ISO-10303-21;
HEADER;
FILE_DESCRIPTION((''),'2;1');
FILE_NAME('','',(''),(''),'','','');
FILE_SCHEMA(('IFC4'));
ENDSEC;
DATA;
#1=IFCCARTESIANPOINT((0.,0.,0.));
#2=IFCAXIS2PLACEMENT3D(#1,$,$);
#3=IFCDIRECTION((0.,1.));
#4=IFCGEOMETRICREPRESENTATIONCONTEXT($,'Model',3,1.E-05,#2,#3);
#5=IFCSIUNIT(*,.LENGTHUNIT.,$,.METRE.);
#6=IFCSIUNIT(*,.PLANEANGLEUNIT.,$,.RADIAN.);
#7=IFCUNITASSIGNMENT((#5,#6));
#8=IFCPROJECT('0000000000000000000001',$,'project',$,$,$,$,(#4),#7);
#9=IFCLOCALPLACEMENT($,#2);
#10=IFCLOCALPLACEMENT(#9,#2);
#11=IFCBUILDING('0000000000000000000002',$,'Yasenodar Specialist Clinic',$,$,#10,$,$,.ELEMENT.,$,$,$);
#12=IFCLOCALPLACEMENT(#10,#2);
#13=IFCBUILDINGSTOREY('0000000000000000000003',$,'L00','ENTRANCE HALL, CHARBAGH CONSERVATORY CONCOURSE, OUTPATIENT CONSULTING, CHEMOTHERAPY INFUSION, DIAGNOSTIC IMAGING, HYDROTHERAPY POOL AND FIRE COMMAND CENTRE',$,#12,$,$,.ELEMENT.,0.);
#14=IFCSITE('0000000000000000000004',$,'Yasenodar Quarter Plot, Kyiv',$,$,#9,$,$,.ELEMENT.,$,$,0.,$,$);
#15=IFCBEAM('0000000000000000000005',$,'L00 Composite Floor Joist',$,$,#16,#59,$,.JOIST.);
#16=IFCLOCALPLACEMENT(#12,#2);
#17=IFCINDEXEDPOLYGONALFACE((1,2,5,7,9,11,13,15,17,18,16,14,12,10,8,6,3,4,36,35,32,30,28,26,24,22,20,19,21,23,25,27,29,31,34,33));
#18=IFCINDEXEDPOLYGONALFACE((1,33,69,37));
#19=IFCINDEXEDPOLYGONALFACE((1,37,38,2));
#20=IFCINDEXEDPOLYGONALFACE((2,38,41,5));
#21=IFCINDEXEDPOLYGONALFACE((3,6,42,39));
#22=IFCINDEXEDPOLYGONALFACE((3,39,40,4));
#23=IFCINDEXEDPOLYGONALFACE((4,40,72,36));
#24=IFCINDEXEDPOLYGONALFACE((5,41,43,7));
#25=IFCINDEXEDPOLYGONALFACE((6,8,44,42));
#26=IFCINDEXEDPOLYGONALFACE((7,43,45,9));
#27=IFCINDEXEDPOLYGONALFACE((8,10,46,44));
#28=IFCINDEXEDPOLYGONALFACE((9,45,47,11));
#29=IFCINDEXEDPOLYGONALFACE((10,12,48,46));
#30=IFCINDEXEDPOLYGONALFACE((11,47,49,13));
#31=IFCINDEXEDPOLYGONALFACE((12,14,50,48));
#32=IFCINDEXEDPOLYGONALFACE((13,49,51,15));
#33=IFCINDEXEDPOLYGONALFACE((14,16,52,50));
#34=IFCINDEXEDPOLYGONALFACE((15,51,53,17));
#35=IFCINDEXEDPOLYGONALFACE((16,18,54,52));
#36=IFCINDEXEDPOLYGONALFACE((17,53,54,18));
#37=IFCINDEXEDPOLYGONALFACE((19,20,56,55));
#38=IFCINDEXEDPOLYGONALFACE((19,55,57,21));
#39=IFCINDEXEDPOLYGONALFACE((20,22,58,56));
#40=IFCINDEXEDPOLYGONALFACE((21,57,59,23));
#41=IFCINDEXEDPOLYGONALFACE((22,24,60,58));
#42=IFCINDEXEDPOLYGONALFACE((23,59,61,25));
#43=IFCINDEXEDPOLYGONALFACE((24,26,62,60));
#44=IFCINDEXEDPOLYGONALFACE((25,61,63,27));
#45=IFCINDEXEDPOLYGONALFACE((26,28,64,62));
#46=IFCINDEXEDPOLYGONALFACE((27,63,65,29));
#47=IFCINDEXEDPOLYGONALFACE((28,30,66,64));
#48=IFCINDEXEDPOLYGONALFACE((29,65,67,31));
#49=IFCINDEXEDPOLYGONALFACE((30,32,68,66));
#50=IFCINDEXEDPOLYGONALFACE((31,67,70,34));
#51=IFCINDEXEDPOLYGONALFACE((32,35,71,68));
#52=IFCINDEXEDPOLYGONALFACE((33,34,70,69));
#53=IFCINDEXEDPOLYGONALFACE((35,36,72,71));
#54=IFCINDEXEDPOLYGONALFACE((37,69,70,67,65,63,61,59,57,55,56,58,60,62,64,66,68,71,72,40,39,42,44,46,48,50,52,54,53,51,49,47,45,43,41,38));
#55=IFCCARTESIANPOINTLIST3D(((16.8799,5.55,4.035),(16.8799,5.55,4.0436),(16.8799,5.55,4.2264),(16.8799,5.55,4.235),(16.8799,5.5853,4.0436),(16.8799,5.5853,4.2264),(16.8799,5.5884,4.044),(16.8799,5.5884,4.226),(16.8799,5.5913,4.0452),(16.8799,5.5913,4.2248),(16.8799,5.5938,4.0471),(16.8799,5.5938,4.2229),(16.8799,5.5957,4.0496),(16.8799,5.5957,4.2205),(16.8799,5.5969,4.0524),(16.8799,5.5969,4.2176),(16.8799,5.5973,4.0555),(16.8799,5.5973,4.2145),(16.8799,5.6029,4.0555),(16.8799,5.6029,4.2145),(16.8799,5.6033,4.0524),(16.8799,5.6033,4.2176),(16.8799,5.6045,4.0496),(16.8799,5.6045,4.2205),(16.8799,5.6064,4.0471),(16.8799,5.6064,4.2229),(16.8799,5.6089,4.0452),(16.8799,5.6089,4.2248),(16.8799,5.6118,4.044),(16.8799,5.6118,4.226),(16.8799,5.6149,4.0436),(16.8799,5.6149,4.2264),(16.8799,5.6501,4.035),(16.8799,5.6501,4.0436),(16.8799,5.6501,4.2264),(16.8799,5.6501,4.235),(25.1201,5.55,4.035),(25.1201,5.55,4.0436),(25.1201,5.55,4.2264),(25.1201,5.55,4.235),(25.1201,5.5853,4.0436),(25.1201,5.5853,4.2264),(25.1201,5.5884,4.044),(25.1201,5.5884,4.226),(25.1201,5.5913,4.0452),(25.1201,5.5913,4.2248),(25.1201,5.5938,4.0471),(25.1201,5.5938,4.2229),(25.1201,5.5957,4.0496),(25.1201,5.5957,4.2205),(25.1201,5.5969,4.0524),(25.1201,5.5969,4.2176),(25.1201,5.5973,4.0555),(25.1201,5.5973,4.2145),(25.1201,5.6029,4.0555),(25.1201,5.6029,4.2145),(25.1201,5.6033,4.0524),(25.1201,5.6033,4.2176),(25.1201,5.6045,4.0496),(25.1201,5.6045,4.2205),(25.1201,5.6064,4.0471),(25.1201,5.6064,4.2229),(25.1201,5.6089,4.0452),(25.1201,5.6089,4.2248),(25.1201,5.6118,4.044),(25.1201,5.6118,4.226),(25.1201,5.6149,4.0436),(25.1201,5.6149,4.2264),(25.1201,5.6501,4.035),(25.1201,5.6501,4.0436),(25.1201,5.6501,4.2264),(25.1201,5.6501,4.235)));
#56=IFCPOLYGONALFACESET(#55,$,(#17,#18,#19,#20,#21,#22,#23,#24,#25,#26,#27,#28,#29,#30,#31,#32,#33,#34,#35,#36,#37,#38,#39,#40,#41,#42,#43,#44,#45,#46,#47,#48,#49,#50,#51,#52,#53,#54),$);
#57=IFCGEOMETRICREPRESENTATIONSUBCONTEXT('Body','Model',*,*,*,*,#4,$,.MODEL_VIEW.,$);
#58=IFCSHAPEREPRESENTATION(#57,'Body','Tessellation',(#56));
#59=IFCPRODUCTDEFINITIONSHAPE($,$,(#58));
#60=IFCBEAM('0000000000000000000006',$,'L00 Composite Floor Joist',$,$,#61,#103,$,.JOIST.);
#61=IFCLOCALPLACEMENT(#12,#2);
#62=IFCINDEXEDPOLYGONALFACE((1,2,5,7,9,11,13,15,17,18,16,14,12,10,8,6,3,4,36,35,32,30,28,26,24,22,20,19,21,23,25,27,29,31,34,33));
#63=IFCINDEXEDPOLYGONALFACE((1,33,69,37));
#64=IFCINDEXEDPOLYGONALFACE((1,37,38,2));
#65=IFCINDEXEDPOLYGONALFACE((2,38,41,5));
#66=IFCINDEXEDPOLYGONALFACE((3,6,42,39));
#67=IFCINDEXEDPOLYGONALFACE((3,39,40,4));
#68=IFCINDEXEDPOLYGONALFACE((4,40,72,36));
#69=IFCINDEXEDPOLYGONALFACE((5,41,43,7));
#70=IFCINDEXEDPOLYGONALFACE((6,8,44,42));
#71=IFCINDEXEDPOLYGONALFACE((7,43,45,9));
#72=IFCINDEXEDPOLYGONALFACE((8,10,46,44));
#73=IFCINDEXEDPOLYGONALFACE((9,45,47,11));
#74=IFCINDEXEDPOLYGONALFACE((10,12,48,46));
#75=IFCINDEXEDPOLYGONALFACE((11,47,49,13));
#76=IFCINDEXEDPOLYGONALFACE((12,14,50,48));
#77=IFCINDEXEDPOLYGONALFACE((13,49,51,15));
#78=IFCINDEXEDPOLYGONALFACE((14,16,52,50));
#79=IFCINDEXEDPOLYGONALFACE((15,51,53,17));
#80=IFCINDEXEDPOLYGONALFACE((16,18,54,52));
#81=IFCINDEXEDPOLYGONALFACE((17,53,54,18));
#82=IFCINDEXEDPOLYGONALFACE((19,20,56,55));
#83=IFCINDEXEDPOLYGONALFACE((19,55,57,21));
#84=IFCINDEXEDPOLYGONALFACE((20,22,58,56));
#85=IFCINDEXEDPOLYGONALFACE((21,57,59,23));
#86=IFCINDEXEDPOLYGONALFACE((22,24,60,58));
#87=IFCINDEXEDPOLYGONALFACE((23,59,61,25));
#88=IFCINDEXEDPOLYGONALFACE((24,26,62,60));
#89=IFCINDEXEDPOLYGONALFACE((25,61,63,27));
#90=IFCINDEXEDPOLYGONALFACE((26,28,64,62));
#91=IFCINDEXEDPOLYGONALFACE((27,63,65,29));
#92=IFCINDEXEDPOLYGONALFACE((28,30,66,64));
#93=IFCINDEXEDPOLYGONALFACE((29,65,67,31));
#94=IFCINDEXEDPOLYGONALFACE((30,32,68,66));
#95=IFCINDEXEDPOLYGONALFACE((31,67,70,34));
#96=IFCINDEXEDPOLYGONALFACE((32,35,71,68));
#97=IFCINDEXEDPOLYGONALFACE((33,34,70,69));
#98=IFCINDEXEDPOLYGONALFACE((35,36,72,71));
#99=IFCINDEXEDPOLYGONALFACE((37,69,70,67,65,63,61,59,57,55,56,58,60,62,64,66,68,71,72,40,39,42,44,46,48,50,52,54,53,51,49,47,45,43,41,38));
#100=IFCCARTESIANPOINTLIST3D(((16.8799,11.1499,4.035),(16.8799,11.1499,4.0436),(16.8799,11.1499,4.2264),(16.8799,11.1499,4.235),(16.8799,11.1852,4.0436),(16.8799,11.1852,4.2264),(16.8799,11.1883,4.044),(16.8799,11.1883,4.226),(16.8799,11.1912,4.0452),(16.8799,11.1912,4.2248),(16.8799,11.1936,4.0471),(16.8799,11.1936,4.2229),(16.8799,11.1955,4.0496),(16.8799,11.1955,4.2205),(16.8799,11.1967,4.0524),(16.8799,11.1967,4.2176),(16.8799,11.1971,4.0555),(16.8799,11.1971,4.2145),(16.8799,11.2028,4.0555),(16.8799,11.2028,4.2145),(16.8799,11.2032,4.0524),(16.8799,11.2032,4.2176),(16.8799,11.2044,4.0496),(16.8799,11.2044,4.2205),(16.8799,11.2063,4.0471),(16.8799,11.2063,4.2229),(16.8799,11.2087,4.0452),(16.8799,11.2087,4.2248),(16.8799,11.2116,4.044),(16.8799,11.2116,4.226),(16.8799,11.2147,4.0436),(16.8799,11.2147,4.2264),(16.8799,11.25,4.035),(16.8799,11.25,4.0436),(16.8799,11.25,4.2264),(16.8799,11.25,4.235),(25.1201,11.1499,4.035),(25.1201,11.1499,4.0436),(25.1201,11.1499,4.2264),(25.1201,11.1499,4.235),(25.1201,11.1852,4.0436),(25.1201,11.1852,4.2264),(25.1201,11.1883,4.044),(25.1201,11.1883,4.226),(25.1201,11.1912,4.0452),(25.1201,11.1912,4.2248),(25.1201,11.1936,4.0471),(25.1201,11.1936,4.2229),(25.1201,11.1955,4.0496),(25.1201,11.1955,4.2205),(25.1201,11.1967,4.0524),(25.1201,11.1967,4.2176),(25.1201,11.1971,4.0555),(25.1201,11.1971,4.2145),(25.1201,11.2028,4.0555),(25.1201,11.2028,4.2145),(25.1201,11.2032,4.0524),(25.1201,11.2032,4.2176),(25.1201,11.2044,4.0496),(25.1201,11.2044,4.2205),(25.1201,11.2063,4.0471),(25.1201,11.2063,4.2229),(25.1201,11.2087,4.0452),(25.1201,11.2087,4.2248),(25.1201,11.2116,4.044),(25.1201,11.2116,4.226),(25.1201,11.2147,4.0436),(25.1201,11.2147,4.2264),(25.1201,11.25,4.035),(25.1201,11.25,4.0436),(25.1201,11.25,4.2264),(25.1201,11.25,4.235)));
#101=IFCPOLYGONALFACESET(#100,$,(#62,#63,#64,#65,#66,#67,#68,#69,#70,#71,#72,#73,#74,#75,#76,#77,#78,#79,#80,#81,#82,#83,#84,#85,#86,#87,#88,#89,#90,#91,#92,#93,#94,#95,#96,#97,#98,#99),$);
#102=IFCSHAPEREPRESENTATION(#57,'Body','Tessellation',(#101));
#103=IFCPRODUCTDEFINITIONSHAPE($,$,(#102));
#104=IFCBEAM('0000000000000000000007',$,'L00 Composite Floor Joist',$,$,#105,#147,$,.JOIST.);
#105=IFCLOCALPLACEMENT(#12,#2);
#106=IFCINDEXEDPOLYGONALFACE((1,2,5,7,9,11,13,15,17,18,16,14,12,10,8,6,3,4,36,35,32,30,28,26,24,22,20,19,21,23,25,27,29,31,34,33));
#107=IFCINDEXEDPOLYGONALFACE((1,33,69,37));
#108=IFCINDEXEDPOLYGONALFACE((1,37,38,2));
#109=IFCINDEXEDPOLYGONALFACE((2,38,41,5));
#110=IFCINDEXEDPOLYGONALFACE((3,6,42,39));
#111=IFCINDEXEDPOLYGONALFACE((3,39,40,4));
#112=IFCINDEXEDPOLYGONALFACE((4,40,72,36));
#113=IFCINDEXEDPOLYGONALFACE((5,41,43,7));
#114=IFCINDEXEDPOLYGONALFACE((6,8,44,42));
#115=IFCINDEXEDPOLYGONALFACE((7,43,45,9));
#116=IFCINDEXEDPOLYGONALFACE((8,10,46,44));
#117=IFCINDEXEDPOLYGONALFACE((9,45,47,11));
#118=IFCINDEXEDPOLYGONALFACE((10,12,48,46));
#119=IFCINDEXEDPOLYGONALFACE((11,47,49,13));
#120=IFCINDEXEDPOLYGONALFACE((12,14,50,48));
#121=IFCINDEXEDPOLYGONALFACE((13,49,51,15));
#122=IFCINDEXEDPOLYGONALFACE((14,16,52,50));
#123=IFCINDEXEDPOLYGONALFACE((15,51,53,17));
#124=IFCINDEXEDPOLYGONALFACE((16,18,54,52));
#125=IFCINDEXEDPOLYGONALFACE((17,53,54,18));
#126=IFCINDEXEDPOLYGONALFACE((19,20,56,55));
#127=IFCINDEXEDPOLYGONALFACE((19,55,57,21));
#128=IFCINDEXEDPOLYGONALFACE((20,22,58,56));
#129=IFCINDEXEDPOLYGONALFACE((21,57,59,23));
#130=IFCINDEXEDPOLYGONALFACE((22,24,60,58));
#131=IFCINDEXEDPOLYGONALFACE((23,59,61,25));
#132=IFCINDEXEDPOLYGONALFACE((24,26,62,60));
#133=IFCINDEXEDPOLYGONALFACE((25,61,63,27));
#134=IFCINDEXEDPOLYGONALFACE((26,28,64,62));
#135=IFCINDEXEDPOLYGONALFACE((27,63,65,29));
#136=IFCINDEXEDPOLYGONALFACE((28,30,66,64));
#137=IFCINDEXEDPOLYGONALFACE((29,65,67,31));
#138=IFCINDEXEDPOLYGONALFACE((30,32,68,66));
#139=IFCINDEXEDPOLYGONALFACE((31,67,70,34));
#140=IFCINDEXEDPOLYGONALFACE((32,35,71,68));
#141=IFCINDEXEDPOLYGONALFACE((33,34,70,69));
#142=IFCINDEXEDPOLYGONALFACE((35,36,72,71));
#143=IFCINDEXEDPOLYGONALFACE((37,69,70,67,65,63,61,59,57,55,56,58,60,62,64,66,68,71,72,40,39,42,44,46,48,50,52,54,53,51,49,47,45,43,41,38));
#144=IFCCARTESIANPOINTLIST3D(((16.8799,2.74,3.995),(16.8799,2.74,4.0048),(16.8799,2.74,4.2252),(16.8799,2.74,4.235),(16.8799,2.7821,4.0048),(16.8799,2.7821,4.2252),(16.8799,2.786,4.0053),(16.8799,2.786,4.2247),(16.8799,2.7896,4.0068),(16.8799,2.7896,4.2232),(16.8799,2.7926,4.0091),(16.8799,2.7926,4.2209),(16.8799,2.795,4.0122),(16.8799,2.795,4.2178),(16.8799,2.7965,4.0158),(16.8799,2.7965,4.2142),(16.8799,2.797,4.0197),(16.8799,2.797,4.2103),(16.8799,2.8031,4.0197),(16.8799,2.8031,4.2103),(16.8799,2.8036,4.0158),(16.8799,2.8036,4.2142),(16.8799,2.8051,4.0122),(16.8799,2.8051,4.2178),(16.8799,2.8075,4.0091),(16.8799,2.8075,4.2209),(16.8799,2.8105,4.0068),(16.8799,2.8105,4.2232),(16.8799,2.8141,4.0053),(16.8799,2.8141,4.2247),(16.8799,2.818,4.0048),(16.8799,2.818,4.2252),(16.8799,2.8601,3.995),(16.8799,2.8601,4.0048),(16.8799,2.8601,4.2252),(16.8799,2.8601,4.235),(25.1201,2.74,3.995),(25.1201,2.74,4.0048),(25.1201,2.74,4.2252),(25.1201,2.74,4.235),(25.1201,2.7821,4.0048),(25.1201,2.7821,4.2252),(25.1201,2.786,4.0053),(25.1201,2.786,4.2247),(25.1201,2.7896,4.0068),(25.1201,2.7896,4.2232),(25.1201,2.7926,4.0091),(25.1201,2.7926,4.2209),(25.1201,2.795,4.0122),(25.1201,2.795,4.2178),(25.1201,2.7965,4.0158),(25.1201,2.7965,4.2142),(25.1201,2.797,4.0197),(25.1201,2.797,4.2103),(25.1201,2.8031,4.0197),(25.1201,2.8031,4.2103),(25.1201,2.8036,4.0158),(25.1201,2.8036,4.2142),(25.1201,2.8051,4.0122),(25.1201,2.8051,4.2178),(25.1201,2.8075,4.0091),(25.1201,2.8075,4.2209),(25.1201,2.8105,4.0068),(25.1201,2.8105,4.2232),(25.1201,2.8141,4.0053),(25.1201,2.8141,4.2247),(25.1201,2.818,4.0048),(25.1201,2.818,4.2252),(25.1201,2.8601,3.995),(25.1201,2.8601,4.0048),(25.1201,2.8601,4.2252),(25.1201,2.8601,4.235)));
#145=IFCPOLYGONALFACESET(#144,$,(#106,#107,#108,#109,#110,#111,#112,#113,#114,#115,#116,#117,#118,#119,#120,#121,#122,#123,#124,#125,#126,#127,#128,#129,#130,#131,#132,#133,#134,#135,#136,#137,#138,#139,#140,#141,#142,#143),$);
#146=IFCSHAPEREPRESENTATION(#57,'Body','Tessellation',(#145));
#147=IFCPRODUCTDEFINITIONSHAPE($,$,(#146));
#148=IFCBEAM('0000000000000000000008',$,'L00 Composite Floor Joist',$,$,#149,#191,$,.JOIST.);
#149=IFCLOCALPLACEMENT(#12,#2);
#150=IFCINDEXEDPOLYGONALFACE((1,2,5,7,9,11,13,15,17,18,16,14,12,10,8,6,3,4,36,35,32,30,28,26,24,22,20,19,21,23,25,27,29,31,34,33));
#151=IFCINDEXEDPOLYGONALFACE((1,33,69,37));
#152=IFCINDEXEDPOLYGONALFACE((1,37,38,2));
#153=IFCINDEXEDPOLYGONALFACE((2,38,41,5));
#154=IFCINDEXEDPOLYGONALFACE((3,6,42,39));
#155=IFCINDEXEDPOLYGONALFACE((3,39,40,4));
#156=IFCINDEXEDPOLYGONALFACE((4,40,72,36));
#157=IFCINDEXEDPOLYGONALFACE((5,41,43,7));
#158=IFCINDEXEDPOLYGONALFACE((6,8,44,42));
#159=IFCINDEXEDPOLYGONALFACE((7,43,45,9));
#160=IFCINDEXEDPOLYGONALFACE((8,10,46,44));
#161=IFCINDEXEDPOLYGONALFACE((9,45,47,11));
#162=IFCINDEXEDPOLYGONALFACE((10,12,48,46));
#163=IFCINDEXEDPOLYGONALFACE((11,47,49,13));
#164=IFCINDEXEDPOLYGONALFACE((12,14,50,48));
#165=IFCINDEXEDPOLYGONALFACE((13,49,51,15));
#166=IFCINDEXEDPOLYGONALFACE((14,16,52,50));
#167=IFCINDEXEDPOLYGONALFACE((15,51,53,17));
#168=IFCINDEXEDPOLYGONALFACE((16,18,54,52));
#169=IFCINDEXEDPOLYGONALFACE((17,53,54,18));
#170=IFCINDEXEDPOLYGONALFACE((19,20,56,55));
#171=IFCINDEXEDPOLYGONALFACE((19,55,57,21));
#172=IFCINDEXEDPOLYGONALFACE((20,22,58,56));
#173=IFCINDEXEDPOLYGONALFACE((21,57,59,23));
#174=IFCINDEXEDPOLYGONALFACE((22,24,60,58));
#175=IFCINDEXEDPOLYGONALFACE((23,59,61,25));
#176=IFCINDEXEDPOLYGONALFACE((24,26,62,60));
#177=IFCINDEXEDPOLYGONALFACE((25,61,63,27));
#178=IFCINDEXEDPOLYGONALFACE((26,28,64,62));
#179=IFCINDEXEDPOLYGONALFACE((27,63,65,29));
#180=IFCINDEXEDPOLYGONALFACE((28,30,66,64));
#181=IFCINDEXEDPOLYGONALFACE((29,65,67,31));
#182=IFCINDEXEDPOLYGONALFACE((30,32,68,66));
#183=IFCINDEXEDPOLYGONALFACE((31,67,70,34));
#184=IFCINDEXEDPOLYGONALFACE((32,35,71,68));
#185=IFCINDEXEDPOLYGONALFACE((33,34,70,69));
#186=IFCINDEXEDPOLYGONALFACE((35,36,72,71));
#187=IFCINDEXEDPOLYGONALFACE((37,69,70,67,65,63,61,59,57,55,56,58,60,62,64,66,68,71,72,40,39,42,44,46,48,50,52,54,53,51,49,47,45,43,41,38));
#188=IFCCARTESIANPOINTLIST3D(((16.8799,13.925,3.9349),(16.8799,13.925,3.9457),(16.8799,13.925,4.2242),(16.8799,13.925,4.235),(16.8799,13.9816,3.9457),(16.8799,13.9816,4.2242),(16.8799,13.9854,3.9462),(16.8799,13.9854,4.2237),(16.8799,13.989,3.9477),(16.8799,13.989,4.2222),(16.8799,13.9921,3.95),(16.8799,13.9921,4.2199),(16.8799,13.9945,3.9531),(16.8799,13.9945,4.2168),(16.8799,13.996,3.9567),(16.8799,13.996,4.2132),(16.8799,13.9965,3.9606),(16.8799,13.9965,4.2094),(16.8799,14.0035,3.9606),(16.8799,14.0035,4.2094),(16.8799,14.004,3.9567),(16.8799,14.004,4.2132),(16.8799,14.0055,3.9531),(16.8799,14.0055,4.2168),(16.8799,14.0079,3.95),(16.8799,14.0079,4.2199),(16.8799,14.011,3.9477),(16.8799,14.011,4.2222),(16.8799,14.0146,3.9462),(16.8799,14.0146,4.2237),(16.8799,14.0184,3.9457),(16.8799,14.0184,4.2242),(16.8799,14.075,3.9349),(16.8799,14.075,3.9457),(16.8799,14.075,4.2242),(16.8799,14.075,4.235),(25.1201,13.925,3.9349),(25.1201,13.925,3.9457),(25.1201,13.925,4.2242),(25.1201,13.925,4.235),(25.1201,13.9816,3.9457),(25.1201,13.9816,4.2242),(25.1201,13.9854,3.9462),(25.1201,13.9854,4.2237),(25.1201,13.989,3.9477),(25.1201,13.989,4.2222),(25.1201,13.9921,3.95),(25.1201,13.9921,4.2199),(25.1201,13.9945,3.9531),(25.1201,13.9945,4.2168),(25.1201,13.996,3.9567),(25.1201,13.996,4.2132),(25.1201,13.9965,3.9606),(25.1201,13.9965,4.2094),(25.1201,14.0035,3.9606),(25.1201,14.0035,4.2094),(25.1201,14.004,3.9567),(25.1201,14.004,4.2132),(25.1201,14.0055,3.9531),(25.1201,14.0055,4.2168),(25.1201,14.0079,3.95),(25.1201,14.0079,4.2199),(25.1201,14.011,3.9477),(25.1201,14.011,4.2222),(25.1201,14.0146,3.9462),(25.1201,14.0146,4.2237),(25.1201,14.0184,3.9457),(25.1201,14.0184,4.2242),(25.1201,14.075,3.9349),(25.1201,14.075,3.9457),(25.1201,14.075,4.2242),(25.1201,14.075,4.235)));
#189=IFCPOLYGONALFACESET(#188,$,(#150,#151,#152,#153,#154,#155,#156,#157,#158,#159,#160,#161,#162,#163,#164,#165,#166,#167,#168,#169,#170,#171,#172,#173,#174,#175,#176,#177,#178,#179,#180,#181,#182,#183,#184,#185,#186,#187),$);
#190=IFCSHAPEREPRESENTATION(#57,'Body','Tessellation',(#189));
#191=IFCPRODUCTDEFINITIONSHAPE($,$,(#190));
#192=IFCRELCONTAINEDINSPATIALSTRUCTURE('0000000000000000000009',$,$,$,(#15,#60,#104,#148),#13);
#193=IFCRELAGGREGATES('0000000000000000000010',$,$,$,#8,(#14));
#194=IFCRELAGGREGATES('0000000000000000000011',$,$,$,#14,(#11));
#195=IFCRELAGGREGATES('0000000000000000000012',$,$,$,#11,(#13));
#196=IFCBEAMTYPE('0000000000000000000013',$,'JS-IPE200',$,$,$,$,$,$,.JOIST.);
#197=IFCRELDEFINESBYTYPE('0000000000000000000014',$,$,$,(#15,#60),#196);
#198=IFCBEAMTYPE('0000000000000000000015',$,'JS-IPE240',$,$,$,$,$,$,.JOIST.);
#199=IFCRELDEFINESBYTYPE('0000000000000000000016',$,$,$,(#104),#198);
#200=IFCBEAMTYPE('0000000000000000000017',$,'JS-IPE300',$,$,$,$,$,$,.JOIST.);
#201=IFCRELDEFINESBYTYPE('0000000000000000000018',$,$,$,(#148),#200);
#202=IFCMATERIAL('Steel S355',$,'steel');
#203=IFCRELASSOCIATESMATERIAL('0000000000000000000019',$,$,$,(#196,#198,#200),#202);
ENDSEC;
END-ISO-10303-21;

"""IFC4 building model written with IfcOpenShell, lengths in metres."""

from ifc_helpers import new_model, si_unit, direction, frame, origin, origin_2d, place, context, subcontext, project, spatial, i_section, extrude, material, material_profile, profile_set, type_object, element, save


model = new_model("IFC4")

# Units and contexts
model_context = context("Model", 3, precision=1e-05, world=origin(), true_north=direction((0.0, 1.0)))
body_context = subcontext(model_context, "Body", "Model", "MODEL_VIEW")
ifc_project = project(units=[si_unit("LENGTHUNIT", "METRE"), si_unit("PLANEANGLEUNIT", "RADIAN")], contexts=[model_context])

# Site, building, storey
site_placement = place(None, origin())
site = spatial("IfcSite", under=ifc_project, at=site_placement, Name="Yasenodar Quarter Plot, Kyiv", CompositionType="ELEMENT", RefElevation=0.0)
building_placement = place(site_placement, origin())
building = spatial("IfcBuilding", under=site, at=building_placement, Name="Yasenodar Specialist Clinic", CompositionType="ELEMENT")
storey_placement = place(building_placement, origin())
storey = spatial("IfcBuildingStorey", under=building, at=storey_placement, Name="L00", Description="ENTRANCE HALL, CHARBAGH CONSERVATORY CONCOURSE, OUTPATIENT CONSULTING, CHEMOTHERAPY INFUSION, DIAGNOSTIC IMAGING, HYDROTHERAPY POOL AND FIRE COMMAND CENTRE", CompositionType="ELEMENT", Elevation=0.0)

# Beams
ifc_material_1 = material(Name="Steel S355", Category="steel")
ifc_material_profile_1 = material_profile(ifc_material_1, i_section(OverallWidth=0.1001, OverallDepth=0.2, WebThickness=0.0056, FlangeThickness=0.0085, FilletRadius=0.012, at=origin_2d()), Name="IPE 200")
ifc_profile_set_1 = profile_set([ifc_material_profile_1], Name="Steel S355")
beam_type_1 = type_object("IfcBeamType", Name="JS-IPE200", PredefinedType="JOIST", material=ifc_profile_set_1)
for number, where, z_axis, x_axis, name in (
    (1, (16.8799, 5.6001, 4.135), (1.0, 0.0, 0.0), (0.0, 1.0, 0.0), "L00 Composite Floor Joist"),
    (2, (16.8799, 11.2, 4.135), (1.0, 0.0, 0.0), (0.0, 1.0, 0.0), "L00 Composite Floor Joist"),
):
    element("IfcBeam", number, at=place(storey_placement, frame(where, z_axis=z_axis, x_axis=x_axis)), inside=storey, type_object=beam_type_1, Name=name, PredefinedType="JOIST", context=body_context, shape_type="SweptSolid", body=[
        extrude(i_section(OverallWidth=0.1001, OverallDepth=0.2, WebThickness=0.0056, FlangeThickness=0.0085, FilletRadius=0.012, at=origin_2d()), origin(), (0.0, 0.0, 1.0), 8.2402),
    ])
ifc_material_profile_2 = material_profile(ifc_material_1, i_section(OverallWidth=0.1201, OverallDepth=0.24, WebThickness=0.0061, FlangeThickness=0.0098, FilletRadius=0.0149, at=origin_2d()), Name="IPE 240")
ifc_profile_set_2 = profile_set([ifc_material_profile_2], Name="Steel S355")
beam_type_2 = type_object("IfcBeamType", Name="JS-IPE240", PredefinedType="JOIST", material=ifc_profile_set_2)
beam_1_placement = place(storey_placement, frame((16.8799, 2.8, 4.115), z_axis=(1.0, 0.0, 0.0), x_axis=(0.0, 1.0, 0.0)))
element("IfcBeam", 3, at=beam_1_placement, inside=storey, type_object=beam_type_2, Name="L00 Composite Floor Joist", PredefinedType="JOIST", context=body_context, shape_type="SweptSolid", body=[
    extrude(i_section(OverallWidth=0.1201, OverallDepth=0.24, WebThickness=0.0061, FlangeThickness=0.0098, FilletRadius=0.0149, at=origin_2d()), origin(), (0.0, 0.0, 1.0), 8.2402),
])
ifc_material_profile_3 = material_profile(ifc_material_1, i_section(OverallWidth=0.1499, OverallDepth=0.3, WebThickness=0.0071, FlangeThickness=0.0107, FilletRadius=0.0149, at=origin_2d()), Name="IPE 300")
ifc_profile_set_3 = profile_set([ifc_material_profile_3], Name="Steel S355")
beam_type_3 = type_object("IfcBeamType", Name="JS-IPE300", PredefinedType="JOIST", material=ifc_profile_set_3)
beam_2_placement = place(storey_placement, frame((16.8799, 14.0, 4.085), z_axis=(1.0, 0.0, 0.0), x_axis=(0.0, 1.0, 0.0)))
element("IfcBeam", 4, at=beam_2_placement, inside=storey, type_object=beam_type_3, Name="L00 Composite Floor Joist", PredefinedType="JOIST", context=body_context, shape_type="SweptSolid", body=[
    extrude(i_section(OverallWidth=0.1499, OverallDepth=0.3, WebThickness=0.0071, FlangeThickness=0.0107, FilletRadius=0.0149, at=origin_2d()), origin(), (0.0, 0.0, 1.0), 8.2402),
])

save(model, "model.ifc")
